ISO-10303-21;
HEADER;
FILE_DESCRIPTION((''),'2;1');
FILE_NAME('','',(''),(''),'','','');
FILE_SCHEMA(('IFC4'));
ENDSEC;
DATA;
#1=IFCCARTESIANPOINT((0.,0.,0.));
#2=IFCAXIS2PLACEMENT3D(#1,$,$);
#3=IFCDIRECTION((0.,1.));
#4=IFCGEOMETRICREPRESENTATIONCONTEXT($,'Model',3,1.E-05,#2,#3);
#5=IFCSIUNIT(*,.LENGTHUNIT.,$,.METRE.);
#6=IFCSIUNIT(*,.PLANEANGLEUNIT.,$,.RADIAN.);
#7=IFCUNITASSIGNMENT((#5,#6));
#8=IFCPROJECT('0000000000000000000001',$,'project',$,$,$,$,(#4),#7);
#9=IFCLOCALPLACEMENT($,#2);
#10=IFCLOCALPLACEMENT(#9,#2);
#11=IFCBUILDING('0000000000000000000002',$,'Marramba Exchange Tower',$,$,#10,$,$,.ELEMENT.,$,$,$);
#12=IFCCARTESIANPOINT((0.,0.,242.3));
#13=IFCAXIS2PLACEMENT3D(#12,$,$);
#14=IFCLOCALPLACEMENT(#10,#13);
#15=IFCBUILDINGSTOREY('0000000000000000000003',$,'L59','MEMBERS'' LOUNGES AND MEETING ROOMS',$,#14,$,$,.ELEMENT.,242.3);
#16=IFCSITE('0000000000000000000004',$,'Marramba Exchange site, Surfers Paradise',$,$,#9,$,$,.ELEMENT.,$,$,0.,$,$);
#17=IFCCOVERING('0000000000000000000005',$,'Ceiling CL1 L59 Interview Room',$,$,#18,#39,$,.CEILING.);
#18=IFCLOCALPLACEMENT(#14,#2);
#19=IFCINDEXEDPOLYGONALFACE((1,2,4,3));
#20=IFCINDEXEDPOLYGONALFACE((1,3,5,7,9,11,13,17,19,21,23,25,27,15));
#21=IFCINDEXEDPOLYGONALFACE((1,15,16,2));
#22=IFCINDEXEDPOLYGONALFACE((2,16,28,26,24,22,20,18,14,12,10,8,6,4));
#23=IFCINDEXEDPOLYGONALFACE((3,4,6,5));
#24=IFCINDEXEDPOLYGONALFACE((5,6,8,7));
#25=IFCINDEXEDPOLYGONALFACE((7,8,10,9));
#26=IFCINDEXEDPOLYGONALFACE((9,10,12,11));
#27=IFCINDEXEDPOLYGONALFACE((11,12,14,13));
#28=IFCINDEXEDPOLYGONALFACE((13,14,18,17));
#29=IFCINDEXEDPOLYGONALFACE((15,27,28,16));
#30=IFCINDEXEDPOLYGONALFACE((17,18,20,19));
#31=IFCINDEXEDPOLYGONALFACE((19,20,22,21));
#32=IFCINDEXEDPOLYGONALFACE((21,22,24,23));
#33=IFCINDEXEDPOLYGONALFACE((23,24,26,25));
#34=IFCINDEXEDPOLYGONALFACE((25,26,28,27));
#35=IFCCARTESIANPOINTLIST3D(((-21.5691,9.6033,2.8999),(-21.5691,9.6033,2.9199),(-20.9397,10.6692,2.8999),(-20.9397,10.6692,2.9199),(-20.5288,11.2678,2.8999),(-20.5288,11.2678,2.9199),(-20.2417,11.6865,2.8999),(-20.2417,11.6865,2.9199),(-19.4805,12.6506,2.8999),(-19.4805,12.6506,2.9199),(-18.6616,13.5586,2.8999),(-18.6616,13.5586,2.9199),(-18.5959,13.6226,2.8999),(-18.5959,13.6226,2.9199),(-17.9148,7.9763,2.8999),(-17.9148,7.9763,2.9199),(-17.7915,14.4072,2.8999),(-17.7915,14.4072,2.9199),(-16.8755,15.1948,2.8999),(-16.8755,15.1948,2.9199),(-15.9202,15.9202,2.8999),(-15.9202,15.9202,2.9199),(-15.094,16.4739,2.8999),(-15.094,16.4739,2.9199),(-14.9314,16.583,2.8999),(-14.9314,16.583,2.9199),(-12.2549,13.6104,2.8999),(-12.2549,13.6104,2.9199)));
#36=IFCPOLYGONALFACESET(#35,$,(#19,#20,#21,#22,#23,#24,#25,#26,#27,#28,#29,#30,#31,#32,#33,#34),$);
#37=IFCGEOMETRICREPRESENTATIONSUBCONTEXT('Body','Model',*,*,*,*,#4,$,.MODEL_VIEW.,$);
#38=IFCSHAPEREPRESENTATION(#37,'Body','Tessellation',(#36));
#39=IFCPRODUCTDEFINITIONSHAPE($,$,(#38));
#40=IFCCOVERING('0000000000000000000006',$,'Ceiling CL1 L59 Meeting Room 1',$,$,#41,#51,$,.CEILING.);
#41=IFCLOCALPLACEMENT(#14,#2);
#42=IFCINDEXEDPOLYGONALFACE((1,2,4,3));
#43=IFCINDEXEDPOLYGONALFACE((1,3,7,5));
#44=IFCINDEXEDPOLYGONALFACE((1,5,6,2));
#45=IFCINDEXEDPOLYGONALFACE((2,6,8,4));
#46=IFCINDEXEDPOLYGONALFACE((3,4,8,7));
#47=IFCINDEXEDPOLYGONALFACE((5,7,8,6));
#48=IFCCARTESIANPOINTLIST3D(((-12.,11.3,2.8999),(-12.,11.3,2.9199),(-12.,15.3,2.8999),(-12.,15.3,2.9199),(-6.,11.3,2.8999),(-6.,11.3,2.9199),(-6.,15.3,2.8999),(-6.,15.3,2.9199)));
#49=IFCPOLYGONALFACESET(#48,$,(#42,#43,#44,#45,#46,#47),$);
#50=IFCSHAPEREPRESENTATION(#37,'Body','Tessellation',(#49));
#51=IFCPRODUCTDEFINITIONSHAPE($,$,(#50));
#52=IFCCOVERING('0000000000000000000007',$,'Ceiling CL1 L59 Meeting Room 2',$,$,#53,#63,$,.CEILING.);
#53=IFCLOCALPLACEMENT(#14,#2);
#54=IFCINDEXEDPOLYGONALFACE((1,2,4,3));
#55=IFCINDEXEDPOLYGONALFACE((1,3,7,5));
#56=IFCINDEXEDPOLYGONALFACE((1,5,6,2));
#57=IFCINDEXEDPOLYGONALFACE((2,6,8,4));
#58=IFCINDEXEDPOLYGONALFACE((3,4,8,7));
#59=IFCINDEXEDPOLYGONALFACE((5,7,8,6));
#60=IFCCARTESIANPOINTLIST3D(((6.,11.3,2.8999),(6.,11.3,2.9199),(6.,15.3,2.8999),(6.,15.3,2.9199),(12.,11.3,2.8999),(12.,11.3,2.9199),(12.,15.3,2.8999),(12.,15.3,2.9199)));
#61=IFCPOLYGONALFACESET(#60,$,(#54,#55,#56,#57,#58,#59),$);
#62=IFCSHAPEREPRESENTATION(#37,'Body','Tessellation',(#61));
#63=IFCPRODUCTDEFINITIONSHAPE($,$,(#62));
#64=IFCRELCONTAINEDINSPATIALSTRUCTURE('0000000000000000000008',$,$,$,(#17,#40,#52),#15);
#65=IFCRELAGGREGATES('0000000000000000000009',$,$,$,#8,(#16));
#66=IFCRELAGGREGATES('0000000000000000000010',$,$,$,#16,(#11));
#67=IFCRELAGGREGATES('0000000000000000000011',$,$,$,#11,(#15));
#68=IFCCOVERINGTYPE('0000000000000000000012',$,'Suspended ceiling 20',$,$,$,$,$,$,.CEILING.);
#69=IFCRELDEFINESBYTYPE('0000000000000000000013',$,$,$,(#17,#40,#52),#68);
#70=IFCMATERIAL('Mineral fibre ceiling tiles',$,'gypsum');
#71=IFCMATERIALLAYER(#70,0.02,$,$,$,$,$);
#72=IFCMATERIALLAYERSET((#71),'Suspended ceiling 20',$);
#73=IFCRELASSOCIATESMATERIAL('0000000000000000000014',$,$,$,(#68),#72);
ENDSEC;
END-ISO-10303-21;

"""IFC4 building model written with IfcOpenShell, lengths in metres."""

from ifc_helpers import new_model, si_unit, direction, frame, origin, place, context, subcontext, project, spatial, polyline, outline, extrude, material, layer, layer_set, type_object, element, save


model = new_model("IFC4")

# Units and contexts
model_context = context("Model", 3, precision=1e-05, world=origin(), true_north=direction((0.0, 1.0)))
body_context = subcontext(model_context, "Body", "Model", "MODEL_VIEW")
ifc_project = project(units=[si_unit("LENGTHUNIT", "METRE"), si_unit("PLANEANGLEUNIT", "RADIAN")], contexts=[model_context])

# Site, building, storey
site_placement = place(None, origin())
site = spatial("IfcSite", under=ifc_project, at=site_placement, Name="Marramba Exchange site, Surfers Paradise", CompositionType="ELEMENT", RefElevation=0.0)
building_placement = place(site_placement, origin())
building = spatial("IfcBuilding", under=site, at=building_placement, Name="Marramba Exchange Tower", CompositionType="ELEMENT")
storey_placement = place(building_placement, frame((0.0, 0.0, 242.3)))
storey = spatial("IfcBuildingStorey", under=building, at=storey_placement, Name="L59", Description="MEMBERS' LOUNGES AND MEETING ROOMS", CompositionType="ELEMENT", Elevation=242.3)

# Coverings
ifc_material_1 = material(Name="Mineral fibre ceiling tiles", Category="gypsum")
ifc_layer_1 = layer(ifc_material_1, 0.02)
ifc_layer_set_1 = layer_set([ifc_layer_1], Name="Suspended ceiling 20")
covering_type = type_object("IfcCoveringType", Name="Suspended ceiling 20", PredefinedType="CEILING", material=ifc_layer_set_1)
covering_1_placement = place(storey_placement, frame((0.0, 0.0, 2.8999)))
element("IfcCovering", 1, at=covering_1_placement, inside=storey, type_object=covering_type, Name="Ceiling CL1 L59 Interview Room", PredefinedType="CEILING", context=body_context, shape_type="SweptSolid", body=[
    extrude(outline(polyline([(-20.9397, 10.6692), (-20.5288, 11.2678), (-20.2417, 11.6865), (-19.4805, 12.6506), (-18.6616, 13.5586), (-18.5959, 13.6226), (-17.7915, 14.4072), (-16.8755, 15.1948), (-15.9202, 15.9202), (-15.094, 16.4739), (-14.9314, 16.583), (-14.9314, 16.583), (-12.2549, 13.6104), (-17.9148, 7.9763), (-21.5691, 9.6033), (-20.9397, 10.6692)])), origin(), (0.0, 0.0, 1.0), 0.02),
])
covering_2_placement = place(storey_placement, frame((0.0, 0.0, 2.8999)))
element("IfcCovering", 2, at=covering_2_placement, inside=storey, type_object=covering_type, Name="Ceiling CL1 L59 Meeting Room 1", PredefinedType="CEILING", context=body_context, shape_type="SweptSolid", body=[
    extrude(outline(polyline([(-6.0, 11.3), (-12.0, 11.3), (-12.0, 15.3), (-6.0, 15.3), (-6.0, 11.3)])), origin(), (0.0, 0.0, 1.0), 0.02),
])
covering_3_placement = place(storey_placement, frame((0.0, 0.0, 2.8999)))
element("IfcCovering", 3, at=covering_3_placement, inside=storey, type_object=covering_type, Name="Ceiling CL1 L59 Meeting Room 2", PredefinedType="CEILING", context=body_context, shape_type="SweptSolid", body=[
    extrude(outline(polyline([(12.0, 15.3), (12.0, 11.3), (6.0, 11.3), (6.0, 15.3), (12.0, 15.3)])), origin(), (0.0, 0.0, 1.0), 0.02),
])

save(model, "model.ifc")
